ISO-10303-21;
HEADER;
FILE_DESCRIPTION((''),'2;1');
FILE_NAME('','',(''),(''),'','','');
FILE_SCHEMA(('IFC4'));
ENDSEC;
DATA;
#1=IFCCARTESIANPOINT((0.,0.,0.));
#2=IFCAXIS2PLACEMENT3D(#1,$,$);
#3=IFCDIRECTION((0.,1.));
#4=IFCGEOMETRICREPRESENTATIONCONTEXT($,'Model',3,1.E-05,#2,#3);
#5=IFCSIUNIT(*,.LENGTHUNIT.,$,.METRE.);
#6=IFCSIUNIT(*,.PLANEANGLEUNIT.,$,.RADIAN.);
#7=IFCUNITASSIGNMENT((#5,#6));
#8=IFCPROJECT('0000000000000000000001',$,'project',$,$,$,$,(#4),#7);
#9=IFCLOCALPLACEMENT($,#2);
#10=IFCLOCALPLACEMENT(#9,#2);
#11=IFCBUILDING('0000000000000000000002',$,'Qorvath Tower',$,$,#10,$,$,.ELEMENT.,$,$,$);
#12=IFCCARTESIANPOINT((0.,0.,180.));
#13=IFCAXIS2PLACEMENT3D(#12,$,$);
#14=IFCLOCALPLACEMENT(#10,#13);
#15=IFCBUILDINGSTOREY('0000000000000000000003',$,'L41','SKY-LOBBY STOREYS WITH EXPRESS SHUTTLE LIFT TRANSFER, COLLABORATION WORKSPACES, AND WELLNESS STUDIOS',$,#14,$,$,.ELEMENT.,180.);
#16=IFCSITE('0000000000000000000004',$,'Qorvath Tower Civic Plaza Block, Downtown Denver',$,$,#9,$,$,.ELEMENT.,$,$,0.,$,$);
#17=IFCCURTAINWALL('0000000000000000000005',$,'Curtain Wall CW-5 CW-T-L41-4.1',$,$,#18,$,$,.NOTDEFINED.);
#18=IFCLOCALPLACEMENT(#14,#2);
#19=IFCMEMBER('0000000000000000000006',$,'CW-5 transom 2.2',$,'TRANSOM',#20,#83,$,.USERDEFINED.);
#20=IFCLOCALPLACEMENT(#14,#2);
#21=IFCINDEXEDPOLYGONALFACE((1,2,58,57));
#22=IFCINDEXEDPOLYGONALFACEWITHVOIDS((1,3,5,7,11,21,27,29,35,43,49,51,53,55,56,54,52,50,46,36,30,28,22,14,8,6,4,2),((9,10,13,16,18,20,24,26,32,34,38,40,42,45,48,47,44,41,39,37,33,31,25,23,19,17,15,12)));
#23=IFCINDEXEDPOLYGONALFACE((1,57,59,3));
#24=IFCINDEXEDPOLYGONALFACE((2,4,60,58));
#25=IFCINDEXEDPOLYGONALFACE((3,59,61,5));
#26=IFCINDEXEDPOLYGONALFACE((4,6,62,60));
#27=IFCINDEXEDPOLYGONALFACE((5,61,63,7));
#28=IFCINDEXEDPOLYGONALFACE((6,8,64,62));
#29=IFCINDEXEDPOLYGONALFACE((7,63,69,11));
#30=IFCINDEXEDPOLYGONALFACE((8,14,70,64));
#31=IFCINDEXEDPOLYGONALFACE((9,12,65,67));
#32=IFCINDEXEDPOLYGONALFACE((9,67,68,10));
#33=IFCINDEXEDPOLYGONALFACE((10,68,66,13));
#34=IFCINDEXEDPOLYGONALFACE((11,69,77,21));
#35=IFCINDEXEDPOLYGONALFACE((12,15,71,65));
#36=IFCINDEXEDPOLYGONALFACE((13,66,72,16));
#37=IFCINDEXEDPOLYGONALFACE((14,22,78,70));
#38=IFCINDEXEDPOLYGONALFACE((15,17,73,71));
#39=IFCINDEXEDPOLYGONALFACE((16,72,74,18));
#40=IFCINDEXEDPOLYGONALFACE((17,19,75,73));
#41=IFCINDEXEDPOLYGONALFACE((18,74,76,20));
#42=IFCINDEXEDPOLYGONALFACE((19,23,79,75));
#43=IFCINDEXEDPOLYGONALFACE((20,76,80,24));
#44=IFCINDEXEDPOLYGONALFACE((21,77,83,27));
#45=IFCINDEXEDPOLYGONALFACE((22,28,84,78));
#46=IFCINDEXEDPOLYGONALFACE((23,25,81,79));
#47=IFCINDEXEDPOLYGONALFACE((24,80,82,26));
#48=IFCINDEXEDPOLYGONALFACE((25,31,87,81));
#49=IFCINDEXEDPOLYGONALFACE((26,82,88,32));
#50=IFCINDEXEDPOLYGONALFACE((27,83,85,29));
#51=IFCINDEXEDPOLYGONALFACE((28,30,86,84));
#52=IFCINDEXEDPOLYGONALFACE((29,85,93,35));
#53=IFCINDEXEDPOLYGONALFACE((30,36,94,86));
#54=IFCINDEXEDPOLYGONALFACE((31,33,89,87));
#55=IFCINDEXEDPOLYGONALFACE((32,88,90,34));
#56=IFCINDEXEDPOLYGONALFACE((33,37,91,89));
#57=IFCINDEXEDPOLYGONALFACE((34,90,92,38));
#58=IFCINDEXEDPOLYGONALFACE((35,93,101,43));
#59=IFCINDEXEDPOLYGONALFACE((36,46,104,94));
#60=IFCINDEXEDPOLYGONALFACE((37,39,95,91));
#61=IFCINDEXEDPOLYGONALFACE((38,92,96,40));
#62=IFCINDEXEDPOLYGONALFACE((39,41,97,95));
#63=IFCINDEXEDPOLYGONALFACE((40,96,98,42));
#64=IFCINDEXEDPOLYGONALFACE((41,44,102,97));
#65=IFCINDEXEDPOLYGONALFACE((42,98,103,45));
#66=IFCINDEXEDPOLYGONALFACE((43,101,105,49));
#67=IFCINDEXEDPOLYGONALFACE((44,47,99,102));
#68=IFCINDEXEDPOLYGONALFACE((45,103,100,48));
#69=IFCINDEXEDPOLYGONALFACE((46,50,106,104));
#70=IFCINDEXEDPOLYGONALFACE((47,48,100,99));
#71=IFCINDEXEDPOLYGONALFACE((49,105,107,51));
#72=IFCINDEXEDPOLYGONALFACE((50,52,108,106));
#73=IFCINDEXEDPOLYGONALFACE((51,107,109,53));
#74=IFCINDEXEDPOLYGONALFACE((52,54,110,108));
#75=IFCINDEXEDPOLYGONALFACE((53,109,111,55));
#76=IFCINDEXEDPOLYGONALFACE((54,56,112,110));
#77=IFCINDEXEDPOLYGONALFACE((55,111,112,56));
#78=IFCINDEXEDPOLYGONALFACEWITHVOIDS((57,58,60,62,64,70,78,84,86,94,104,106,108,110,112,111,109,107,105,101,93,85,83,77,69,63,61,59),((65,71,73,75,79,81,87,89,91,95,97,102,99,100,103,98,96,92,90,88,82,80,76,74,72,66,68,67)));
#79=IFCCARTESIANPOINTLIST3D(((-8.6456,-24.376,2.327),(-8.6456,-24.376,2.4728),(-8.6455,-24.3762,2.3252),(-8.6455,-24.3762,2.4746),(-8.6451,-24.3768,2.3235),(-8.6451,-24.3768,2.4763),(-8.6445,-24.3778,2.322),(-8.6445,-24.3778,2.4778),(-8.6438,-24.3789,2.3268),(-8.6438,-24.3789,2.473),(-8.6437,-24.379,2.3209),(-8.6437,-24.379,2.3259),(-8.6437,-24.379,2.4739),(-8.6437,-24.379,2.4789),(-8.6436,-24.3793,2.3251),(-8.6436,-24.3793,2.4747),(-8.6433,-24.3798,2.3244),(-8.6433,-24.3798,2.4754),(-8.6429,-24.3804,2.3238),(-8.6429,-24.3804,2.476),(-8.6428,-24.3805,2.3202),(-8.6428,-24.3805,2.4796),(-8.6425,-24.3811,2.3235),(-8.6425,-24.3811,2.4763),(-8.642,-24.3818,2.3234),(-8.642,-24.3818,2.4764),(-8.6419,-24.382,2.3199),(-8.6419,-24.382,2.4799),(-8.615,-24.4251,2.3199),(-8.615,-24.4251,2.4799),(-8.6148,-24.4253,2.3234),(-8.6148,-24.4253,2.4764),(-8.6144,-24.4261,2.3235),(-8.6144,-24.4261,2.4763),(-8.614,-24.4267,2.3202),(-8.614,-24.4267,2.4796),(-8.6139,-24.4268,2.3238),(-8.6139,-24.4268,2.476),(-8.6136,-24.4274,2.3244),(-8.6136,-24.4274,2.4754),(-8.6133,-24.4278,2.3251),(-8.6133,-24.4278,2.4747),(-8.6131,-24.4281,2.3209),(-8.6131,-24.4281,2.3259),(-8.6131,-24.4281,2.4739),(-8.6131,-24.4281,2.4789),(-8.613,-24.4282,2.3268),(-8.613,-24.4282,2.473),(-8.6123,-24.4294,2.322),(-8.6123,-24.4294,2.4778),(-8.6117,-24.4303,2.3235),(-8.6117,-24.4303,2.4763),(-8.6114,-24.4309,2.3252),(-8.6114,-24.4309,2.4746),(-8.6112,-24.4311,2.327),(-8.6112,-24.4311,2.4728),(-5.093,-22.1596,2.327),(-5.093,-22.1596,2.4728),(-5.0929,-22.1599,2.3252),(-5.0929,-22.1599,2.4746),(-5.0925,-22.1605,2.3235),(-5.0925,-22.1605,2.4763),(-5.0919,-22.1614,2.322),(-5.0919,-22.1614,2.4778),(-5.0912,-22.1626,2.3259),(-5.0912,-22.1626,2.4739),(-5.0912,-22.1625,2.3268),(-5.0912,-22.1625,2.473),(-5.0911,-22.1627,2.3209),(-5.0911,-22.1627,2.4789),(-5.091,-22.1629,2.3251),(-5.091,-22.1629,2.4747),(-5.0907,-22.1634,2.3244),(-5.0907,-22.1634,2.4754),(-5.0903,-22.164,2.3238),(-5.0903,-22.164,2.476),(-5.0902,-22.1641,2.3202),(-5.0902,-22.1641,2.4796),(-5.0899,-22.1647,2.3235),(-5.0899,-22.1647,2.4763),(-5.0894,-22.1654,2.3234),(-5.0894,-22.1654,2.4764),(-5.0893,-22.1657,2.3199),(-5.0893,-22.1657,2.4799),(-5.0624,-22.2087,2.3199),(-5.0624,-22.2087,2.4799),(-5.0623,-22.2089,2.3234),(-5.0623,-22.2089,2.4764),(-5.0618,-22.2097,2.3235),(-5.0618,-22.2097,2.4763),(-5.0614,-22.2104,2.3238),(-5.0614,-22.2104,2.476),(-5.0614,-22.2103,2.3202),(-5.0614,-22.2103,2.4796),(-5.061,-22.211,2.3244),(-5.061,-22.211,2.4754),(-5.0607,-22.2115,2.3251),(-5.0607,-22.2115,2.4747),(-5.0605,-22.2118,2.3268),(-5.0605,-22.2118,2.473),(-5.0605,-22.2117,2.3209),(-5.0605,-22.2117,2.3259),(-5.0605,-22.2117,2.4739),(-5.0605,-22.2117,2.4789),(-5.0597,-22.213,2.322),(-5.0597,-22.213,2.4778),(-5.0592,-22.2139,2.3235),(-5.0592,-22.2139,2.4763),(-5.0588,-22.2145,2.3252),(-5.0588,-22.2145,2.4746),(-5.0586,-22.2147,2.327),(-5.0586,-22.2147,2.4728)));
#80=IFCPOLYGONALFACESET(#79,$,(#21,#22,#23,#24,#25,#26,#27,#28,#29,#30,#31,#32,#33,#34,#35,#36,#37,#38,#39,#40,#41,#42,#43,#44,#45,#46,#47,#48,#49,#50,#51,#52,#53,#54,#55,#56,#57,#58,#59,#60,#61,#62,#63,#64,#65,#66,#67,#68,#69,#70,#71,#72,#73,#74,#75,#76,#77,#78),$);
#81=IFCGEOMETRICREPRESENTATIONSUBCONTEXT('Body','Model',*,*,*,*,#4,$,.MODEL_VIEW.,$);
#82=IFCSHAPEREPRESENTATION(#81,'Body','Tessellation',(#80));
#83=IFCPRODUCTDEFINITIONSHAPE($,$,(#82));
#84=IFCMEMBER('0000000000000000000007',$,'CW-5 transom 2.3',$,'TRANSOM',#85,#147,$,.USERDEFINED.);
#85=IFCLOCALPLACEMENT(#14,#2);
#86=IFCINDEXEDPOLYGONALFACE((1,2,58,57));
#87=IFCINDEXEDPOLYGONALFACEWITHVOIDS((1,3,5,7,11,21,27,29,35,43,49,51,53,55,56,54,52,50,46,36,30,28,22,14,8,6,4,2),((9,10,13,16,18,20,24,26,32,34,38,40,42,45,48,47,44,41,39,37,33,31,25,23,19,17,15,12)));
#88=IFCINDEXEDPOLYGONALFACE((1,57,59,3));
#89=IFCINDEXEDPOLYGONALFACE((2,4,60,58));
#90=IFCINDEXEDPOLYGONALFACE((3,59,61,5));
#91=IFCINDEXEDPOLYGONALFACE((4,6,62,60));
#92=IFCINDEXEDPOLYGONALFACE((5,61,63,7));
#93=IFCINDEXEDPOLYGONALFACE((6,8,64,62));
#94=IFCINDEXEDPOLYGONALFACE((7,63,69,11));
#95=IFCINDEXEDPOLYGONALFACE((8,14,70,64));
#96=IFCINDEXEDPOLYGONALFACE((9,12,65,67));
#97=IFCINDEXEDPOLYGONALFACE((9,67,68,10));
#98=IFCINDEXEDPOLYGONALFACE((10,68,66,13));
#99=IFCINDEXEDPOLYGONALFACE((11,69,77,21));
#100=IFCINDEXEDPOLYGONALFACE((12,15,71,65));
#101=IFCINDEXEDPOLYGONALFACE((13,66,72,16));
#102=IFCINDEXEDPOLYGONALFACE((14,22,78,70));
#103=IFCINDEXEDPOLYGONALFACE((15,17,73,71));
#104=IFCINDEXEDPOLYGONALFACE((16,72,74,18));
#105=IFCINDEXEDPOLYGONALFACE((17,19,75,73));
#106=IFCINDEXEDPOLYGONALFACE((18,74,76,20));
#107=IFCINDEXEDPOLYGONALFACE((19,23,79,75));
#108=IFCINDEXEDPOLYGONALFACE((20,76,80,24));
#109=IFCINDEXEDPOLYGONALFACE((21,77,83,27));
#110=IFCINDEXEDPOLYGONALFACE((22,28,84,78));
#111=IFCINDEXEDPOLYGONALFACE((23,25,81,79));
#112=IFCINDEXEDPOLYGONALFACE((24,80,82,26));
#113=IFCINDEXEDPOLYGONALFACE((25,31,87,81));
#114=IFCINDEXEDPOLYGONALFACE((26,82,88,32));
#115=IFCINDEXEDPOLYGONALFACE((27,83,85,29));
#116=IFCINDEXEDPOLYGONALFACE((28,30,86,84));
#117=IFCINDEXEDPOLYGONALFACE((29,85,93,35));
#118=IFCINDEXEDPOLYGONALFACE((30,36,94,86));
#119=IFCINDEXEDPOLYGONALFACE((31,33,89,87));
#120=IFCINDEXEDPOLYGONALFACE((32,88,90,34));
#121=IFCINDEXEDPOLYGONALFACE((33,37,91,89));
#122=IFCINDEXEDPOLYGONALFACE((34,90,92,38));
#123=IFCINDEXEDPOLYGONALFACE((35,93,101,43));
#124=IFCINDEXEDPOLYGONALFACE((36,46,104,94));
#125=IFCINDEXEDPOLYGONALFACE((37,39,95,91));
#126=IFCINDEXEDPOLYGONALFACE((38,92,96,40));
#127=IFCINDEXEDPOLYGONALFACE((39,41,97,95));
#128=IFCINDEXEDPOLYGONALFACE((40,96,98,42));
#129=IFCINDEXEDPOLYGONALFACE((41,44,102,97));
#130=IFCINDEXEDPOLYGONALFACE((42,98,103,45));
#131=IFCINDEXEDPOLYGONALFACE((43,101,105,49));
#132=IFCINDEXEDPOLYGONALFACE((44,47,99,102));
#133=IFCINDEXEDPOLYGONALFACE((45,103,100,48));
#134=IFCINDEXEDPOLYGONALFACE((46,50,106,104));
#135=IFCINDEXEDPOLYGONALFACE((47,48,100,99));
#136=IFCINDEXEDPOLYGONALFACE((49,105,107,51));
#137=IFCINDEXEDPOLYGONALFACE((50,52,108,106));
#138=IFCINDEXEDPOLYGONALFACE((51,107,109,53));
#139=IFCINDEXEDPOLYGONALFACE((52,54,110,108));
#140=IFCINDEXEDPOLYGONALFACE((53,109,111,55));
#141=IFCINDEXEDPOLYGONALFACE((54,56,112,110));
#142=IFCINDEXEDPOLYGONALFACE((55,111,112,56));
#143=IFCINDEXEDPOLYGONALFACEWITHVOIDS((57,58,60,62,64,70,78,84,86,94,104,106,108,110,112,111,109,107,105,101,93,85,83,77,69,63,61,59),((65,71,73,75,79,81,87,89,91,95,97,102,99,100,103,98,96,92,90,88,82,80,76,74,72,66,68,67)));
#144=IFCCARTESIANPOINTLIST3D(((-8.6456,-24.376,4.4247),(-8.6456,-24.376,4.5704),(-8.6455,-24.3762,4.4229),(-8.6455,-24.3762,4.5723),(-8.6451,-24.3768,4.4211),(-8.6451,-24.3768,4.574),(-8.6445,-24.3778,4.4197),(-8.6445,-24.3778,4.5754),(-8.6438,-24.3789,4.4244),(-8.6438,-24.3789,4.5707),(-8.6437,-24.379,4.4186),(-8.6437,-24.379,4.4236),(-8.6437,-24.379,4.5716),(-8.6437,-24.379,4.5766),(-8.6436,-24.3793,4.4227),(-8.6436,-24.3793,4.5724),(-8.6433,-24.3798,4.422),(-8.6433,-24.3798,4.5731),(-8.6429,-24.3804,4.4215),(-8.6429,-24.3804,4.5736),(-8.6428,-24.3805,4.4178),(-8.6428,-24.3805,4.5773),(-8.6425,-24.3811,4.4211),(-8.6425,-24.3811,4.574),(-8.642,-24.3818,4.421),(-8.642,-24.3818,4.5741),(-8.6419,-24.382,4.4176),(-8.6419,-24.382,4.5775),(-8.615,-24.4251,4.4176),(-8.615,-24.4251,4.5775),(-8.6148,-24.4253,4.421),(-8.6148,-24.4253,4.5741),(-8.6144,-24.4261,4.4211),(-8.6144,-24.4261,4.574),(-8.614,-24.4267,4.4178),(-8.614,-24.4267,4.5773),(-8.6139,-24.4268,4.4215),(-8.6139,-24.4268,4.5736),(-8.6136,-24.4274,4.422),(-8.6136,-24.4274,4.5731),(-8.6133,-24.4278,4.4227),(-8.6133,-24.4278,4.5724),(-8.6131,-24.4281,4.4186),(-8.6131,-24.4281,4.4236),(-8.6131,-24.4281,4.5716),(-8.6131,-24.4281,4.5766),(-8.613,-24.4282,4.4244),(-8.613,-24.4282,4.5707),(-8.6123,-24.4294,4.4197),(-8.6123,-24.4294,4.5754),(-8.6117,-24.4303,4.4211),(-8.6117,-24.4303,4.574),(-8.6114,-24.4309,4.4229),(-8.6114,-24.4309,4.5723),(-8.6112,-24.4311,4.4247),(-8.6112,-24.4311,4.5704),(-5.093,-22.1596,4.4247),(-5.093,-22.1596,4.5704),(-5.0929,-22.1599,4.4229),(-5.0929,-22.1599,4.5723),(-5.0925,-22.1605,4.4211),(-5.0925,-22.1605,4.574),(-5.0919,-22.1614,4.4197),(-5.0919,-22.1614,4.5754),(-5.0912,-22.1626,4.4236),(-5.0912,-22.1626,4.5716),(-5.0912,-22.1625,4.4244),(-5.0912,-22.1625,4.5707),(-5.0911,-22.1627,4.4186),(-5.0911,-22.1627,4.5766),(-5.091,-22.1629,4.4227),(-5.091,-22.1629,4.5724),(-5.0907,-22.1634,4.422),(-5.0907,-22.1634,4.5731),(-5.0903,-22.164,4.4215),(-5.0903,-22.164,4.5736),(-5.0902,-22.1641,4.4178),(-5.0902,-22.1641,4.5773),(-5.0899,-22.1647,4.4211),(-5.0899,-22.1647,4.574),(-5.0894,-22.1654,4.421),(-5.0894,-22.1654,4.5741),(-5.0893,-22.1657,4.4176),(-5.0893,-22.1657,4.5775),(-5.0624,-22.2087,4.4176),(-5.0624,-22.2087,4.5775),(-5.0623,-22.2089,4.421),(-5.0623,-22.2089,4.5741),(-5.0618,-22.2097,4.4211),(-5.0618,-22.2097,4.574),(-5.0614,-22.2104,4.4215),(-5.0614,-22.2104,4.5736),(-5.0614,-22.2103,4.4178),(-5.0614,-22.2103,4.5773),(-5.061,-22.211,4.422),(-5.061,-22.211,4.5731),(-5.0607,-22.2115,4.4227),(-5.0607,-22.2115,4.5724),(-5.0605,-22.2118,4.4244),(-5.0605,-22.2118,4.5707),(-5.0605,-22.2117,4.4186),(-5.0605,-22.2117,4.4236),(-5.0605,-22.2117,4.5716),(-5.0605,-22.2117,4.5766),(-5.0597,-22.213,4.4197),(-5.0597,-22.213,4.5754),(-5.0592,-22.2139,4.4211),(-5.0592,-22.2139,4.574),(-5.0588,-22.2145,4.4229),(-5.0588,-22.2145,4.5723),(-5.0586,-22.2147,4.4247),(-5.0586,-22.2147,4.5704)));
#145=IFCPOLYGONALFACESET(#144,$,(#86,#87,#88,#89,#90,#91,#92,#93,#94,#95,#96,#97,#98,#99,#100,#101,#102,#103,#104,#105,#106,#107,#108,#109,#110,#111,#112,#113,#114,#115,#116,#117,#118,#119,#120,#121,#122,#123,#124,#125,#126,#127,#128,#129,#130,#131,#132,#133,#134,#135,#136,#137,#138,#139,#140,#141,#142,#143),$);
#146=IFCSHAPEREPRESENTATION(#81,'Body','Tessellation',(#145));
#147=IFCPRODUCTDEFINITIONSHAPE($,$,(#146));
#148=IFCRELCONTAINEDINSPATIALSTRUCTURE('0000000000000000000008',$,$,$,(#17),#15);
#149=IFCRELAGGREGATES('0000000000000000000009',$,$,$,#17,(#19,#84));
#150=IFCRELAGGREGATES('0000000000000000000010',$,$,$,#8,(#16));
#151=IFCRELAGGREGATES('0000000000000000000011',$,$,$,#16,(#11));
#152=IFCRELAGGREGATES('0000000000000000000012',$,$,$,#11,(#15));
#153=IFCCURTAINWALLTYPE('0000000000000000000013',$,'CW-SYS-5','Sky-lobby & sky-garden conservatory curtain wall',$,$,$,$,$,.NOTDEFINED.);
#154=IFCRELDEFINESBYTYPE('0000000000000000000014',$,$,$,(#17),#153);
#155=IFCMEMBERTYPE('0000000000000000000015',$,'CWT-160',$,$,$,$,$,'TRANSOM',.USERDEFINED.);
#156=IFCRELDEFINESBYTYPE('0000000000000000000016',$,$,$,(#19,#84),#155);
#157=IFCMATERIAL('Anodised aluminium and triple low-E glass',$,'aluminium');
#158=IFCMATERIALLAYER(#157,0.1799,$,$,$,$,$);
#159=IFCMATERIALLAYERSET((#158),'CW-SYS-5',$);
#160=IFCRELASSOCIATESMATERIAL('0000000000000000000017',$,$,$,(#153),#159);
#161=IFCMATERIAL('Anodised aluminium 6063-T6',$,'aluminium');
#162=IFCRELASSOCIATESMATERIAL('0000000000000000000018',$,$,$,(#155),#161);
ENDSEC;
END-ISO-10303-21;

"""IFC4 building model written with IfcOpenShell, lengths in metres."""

from ifc_helpers import new_model, si_unit, direction, frame, origin, origin_2d, place, context, subcontext, project, spatial, hollow_rectangle, extrude, material, layer, layer_set, material_profile, profile_set, type_object, element, aggregate, save


model = new_model("IFC4")

# Units and contexts
model_context = context("Model", 3, precision=1e-05, world=origin(), true_north=direction((0.0, 1.0)))
body_context = subcontext(model_context, "Body", "Model", "MODEL_VIEW")
ifc_project = project(units=[si_unit("LENGTHUNIT", "METRE"), si_unit("PLANEANGLEUNIT", "RADIAN")], contexts=[model_context])

# Site, building, storey
site_placement = place(None, origin())
site = spatial("IfcSite", under=ifc_project, at=site_placement, Name="Qorvath Tower Civic Plaza Block, Downtown Denver", CompositionType="ELEMENT", RefElevation=0.0)
building_placement = place(site_placement, origin())
building = spatial("IfcBuilding", under=site, at=building_placement, Name="Qorvath Tower", CompositionType="ELEMENT")
storey_placement = place(building_placement, frame((0.0, 0.0, 180.0)))
storey = spatial("IfcBuildingStorey", under=building, at=storey_placement, Name="L41", Description="SKY-LOBBY STOREYS WITH EXPRESS SHUTTLE LIFT TRANSFER, COLLABORATION WORKSPACES, AND WELLNESS STUDIOS", CompositionType="ELEMENT", Elevation=180.0)

# Curtain wall
ifc_material_1 = material(Name="Anodised aluminium and triple low-E glass", Category="aluminium")
ifc_layer_1 = layer(ifc_material_1, 0.1799)
ifc_layer_set_1 = layer_set([ifc_layer_1], Name="CW-SYS-5")
curtain_wall_type = type_object("IfcCurtainWallType", Name="CW-SYS-5", Description="Sky-lobby & sky-garden conservatory curtain wall", PredefinedType="NOTDEFINED", material=ifc_layer_set_1)
curtain_wall_1_placement = place(storey_placement, origin())
curtain_wall_1 = element("IfcCurtainWall", 1, at=curtain_wall_1_placement, inside=storey, type_object=curtain_wall_type, Name="Curtain Wall CW-5 CW-T-L41-4.1", PredefinedType="NOTDEFINED")

# Members
ifc_material_2 = material(Name="Anodised aluminium 6063-T6", Category="aluminium")
ifc_material_profile_1 = material_profile(ifc_material_2, hollow_rectangle(XDim=0.0649, YDim=0.1599, WallThickness=0.0034, InnerFilletRadius=0.0034, OuterFilletRadius=0.0071, at=origin_2d()), Name="CWT 160x65")
ifc_profile_set_1 = profile_set([ifc_material_profile_1], Name="Anodised aluminium 6063-T6")
member_type_1 = type_object("IfcMemberType", Name="CWT-160", ElementType="TRANSOM", PredefinedType="USERDEFINED", material=ifc_profile_set_1)
member_1_placement = place(storey_placement, frame((-8.6284, -24.4036, 2.3999), z_axis=(0.848427, 0.529312, 0.0), x_axis=(-0.529312, 0.848427, 0.0)))
member_1 = element("IfcMember", 2, at=member_1_placement, type_object=member_type_1, Name="CW-5 transom 2.2", ObjectType="TRANSOM", PredefinedType="USERDEFINED", context=body_context, shape_type="SweptSolid", body=[
    extrude(hollow_rectangle(XDim=0.0649, YDim=0.1599, WallThickness=0.0034, InnerFilletRadius=0.0034, OuterFilletRadius=0.0071, at=origin_2d()), origin(), (0.0, 0.0, 1.0), 4.1873),
])
member_2_placement = place(storey_placement, frame((-8.6284, -24.4036, 4.4976), z_axis=(0.848427, 0.529312, 0.0), x_axis=(-0.529312, 0.848427, 0.0)))
member_2 = element("IfcMember", 3, at=member_2_placement, type_object=member_type_1, Name="CW-5 transom 2.3", ObjectType="TRANSOM", PredefinedType="USERDEFINED", context=body_context, shape_type="SweptSolid", body=[
    extrude(hollow_rectangle(XDim=0.0649, YDim=0.1599, WallThickness=0.0034, InnerFilletRadius=0.0034, OuterFilletRadius=0.0071, at=origin_2d()), origin(), (0.0, 0.0, 1.0), 4.1873),
])

aggregate(curtain_wall_1, [member_1, member_2])

save(model, "model.ifc")
